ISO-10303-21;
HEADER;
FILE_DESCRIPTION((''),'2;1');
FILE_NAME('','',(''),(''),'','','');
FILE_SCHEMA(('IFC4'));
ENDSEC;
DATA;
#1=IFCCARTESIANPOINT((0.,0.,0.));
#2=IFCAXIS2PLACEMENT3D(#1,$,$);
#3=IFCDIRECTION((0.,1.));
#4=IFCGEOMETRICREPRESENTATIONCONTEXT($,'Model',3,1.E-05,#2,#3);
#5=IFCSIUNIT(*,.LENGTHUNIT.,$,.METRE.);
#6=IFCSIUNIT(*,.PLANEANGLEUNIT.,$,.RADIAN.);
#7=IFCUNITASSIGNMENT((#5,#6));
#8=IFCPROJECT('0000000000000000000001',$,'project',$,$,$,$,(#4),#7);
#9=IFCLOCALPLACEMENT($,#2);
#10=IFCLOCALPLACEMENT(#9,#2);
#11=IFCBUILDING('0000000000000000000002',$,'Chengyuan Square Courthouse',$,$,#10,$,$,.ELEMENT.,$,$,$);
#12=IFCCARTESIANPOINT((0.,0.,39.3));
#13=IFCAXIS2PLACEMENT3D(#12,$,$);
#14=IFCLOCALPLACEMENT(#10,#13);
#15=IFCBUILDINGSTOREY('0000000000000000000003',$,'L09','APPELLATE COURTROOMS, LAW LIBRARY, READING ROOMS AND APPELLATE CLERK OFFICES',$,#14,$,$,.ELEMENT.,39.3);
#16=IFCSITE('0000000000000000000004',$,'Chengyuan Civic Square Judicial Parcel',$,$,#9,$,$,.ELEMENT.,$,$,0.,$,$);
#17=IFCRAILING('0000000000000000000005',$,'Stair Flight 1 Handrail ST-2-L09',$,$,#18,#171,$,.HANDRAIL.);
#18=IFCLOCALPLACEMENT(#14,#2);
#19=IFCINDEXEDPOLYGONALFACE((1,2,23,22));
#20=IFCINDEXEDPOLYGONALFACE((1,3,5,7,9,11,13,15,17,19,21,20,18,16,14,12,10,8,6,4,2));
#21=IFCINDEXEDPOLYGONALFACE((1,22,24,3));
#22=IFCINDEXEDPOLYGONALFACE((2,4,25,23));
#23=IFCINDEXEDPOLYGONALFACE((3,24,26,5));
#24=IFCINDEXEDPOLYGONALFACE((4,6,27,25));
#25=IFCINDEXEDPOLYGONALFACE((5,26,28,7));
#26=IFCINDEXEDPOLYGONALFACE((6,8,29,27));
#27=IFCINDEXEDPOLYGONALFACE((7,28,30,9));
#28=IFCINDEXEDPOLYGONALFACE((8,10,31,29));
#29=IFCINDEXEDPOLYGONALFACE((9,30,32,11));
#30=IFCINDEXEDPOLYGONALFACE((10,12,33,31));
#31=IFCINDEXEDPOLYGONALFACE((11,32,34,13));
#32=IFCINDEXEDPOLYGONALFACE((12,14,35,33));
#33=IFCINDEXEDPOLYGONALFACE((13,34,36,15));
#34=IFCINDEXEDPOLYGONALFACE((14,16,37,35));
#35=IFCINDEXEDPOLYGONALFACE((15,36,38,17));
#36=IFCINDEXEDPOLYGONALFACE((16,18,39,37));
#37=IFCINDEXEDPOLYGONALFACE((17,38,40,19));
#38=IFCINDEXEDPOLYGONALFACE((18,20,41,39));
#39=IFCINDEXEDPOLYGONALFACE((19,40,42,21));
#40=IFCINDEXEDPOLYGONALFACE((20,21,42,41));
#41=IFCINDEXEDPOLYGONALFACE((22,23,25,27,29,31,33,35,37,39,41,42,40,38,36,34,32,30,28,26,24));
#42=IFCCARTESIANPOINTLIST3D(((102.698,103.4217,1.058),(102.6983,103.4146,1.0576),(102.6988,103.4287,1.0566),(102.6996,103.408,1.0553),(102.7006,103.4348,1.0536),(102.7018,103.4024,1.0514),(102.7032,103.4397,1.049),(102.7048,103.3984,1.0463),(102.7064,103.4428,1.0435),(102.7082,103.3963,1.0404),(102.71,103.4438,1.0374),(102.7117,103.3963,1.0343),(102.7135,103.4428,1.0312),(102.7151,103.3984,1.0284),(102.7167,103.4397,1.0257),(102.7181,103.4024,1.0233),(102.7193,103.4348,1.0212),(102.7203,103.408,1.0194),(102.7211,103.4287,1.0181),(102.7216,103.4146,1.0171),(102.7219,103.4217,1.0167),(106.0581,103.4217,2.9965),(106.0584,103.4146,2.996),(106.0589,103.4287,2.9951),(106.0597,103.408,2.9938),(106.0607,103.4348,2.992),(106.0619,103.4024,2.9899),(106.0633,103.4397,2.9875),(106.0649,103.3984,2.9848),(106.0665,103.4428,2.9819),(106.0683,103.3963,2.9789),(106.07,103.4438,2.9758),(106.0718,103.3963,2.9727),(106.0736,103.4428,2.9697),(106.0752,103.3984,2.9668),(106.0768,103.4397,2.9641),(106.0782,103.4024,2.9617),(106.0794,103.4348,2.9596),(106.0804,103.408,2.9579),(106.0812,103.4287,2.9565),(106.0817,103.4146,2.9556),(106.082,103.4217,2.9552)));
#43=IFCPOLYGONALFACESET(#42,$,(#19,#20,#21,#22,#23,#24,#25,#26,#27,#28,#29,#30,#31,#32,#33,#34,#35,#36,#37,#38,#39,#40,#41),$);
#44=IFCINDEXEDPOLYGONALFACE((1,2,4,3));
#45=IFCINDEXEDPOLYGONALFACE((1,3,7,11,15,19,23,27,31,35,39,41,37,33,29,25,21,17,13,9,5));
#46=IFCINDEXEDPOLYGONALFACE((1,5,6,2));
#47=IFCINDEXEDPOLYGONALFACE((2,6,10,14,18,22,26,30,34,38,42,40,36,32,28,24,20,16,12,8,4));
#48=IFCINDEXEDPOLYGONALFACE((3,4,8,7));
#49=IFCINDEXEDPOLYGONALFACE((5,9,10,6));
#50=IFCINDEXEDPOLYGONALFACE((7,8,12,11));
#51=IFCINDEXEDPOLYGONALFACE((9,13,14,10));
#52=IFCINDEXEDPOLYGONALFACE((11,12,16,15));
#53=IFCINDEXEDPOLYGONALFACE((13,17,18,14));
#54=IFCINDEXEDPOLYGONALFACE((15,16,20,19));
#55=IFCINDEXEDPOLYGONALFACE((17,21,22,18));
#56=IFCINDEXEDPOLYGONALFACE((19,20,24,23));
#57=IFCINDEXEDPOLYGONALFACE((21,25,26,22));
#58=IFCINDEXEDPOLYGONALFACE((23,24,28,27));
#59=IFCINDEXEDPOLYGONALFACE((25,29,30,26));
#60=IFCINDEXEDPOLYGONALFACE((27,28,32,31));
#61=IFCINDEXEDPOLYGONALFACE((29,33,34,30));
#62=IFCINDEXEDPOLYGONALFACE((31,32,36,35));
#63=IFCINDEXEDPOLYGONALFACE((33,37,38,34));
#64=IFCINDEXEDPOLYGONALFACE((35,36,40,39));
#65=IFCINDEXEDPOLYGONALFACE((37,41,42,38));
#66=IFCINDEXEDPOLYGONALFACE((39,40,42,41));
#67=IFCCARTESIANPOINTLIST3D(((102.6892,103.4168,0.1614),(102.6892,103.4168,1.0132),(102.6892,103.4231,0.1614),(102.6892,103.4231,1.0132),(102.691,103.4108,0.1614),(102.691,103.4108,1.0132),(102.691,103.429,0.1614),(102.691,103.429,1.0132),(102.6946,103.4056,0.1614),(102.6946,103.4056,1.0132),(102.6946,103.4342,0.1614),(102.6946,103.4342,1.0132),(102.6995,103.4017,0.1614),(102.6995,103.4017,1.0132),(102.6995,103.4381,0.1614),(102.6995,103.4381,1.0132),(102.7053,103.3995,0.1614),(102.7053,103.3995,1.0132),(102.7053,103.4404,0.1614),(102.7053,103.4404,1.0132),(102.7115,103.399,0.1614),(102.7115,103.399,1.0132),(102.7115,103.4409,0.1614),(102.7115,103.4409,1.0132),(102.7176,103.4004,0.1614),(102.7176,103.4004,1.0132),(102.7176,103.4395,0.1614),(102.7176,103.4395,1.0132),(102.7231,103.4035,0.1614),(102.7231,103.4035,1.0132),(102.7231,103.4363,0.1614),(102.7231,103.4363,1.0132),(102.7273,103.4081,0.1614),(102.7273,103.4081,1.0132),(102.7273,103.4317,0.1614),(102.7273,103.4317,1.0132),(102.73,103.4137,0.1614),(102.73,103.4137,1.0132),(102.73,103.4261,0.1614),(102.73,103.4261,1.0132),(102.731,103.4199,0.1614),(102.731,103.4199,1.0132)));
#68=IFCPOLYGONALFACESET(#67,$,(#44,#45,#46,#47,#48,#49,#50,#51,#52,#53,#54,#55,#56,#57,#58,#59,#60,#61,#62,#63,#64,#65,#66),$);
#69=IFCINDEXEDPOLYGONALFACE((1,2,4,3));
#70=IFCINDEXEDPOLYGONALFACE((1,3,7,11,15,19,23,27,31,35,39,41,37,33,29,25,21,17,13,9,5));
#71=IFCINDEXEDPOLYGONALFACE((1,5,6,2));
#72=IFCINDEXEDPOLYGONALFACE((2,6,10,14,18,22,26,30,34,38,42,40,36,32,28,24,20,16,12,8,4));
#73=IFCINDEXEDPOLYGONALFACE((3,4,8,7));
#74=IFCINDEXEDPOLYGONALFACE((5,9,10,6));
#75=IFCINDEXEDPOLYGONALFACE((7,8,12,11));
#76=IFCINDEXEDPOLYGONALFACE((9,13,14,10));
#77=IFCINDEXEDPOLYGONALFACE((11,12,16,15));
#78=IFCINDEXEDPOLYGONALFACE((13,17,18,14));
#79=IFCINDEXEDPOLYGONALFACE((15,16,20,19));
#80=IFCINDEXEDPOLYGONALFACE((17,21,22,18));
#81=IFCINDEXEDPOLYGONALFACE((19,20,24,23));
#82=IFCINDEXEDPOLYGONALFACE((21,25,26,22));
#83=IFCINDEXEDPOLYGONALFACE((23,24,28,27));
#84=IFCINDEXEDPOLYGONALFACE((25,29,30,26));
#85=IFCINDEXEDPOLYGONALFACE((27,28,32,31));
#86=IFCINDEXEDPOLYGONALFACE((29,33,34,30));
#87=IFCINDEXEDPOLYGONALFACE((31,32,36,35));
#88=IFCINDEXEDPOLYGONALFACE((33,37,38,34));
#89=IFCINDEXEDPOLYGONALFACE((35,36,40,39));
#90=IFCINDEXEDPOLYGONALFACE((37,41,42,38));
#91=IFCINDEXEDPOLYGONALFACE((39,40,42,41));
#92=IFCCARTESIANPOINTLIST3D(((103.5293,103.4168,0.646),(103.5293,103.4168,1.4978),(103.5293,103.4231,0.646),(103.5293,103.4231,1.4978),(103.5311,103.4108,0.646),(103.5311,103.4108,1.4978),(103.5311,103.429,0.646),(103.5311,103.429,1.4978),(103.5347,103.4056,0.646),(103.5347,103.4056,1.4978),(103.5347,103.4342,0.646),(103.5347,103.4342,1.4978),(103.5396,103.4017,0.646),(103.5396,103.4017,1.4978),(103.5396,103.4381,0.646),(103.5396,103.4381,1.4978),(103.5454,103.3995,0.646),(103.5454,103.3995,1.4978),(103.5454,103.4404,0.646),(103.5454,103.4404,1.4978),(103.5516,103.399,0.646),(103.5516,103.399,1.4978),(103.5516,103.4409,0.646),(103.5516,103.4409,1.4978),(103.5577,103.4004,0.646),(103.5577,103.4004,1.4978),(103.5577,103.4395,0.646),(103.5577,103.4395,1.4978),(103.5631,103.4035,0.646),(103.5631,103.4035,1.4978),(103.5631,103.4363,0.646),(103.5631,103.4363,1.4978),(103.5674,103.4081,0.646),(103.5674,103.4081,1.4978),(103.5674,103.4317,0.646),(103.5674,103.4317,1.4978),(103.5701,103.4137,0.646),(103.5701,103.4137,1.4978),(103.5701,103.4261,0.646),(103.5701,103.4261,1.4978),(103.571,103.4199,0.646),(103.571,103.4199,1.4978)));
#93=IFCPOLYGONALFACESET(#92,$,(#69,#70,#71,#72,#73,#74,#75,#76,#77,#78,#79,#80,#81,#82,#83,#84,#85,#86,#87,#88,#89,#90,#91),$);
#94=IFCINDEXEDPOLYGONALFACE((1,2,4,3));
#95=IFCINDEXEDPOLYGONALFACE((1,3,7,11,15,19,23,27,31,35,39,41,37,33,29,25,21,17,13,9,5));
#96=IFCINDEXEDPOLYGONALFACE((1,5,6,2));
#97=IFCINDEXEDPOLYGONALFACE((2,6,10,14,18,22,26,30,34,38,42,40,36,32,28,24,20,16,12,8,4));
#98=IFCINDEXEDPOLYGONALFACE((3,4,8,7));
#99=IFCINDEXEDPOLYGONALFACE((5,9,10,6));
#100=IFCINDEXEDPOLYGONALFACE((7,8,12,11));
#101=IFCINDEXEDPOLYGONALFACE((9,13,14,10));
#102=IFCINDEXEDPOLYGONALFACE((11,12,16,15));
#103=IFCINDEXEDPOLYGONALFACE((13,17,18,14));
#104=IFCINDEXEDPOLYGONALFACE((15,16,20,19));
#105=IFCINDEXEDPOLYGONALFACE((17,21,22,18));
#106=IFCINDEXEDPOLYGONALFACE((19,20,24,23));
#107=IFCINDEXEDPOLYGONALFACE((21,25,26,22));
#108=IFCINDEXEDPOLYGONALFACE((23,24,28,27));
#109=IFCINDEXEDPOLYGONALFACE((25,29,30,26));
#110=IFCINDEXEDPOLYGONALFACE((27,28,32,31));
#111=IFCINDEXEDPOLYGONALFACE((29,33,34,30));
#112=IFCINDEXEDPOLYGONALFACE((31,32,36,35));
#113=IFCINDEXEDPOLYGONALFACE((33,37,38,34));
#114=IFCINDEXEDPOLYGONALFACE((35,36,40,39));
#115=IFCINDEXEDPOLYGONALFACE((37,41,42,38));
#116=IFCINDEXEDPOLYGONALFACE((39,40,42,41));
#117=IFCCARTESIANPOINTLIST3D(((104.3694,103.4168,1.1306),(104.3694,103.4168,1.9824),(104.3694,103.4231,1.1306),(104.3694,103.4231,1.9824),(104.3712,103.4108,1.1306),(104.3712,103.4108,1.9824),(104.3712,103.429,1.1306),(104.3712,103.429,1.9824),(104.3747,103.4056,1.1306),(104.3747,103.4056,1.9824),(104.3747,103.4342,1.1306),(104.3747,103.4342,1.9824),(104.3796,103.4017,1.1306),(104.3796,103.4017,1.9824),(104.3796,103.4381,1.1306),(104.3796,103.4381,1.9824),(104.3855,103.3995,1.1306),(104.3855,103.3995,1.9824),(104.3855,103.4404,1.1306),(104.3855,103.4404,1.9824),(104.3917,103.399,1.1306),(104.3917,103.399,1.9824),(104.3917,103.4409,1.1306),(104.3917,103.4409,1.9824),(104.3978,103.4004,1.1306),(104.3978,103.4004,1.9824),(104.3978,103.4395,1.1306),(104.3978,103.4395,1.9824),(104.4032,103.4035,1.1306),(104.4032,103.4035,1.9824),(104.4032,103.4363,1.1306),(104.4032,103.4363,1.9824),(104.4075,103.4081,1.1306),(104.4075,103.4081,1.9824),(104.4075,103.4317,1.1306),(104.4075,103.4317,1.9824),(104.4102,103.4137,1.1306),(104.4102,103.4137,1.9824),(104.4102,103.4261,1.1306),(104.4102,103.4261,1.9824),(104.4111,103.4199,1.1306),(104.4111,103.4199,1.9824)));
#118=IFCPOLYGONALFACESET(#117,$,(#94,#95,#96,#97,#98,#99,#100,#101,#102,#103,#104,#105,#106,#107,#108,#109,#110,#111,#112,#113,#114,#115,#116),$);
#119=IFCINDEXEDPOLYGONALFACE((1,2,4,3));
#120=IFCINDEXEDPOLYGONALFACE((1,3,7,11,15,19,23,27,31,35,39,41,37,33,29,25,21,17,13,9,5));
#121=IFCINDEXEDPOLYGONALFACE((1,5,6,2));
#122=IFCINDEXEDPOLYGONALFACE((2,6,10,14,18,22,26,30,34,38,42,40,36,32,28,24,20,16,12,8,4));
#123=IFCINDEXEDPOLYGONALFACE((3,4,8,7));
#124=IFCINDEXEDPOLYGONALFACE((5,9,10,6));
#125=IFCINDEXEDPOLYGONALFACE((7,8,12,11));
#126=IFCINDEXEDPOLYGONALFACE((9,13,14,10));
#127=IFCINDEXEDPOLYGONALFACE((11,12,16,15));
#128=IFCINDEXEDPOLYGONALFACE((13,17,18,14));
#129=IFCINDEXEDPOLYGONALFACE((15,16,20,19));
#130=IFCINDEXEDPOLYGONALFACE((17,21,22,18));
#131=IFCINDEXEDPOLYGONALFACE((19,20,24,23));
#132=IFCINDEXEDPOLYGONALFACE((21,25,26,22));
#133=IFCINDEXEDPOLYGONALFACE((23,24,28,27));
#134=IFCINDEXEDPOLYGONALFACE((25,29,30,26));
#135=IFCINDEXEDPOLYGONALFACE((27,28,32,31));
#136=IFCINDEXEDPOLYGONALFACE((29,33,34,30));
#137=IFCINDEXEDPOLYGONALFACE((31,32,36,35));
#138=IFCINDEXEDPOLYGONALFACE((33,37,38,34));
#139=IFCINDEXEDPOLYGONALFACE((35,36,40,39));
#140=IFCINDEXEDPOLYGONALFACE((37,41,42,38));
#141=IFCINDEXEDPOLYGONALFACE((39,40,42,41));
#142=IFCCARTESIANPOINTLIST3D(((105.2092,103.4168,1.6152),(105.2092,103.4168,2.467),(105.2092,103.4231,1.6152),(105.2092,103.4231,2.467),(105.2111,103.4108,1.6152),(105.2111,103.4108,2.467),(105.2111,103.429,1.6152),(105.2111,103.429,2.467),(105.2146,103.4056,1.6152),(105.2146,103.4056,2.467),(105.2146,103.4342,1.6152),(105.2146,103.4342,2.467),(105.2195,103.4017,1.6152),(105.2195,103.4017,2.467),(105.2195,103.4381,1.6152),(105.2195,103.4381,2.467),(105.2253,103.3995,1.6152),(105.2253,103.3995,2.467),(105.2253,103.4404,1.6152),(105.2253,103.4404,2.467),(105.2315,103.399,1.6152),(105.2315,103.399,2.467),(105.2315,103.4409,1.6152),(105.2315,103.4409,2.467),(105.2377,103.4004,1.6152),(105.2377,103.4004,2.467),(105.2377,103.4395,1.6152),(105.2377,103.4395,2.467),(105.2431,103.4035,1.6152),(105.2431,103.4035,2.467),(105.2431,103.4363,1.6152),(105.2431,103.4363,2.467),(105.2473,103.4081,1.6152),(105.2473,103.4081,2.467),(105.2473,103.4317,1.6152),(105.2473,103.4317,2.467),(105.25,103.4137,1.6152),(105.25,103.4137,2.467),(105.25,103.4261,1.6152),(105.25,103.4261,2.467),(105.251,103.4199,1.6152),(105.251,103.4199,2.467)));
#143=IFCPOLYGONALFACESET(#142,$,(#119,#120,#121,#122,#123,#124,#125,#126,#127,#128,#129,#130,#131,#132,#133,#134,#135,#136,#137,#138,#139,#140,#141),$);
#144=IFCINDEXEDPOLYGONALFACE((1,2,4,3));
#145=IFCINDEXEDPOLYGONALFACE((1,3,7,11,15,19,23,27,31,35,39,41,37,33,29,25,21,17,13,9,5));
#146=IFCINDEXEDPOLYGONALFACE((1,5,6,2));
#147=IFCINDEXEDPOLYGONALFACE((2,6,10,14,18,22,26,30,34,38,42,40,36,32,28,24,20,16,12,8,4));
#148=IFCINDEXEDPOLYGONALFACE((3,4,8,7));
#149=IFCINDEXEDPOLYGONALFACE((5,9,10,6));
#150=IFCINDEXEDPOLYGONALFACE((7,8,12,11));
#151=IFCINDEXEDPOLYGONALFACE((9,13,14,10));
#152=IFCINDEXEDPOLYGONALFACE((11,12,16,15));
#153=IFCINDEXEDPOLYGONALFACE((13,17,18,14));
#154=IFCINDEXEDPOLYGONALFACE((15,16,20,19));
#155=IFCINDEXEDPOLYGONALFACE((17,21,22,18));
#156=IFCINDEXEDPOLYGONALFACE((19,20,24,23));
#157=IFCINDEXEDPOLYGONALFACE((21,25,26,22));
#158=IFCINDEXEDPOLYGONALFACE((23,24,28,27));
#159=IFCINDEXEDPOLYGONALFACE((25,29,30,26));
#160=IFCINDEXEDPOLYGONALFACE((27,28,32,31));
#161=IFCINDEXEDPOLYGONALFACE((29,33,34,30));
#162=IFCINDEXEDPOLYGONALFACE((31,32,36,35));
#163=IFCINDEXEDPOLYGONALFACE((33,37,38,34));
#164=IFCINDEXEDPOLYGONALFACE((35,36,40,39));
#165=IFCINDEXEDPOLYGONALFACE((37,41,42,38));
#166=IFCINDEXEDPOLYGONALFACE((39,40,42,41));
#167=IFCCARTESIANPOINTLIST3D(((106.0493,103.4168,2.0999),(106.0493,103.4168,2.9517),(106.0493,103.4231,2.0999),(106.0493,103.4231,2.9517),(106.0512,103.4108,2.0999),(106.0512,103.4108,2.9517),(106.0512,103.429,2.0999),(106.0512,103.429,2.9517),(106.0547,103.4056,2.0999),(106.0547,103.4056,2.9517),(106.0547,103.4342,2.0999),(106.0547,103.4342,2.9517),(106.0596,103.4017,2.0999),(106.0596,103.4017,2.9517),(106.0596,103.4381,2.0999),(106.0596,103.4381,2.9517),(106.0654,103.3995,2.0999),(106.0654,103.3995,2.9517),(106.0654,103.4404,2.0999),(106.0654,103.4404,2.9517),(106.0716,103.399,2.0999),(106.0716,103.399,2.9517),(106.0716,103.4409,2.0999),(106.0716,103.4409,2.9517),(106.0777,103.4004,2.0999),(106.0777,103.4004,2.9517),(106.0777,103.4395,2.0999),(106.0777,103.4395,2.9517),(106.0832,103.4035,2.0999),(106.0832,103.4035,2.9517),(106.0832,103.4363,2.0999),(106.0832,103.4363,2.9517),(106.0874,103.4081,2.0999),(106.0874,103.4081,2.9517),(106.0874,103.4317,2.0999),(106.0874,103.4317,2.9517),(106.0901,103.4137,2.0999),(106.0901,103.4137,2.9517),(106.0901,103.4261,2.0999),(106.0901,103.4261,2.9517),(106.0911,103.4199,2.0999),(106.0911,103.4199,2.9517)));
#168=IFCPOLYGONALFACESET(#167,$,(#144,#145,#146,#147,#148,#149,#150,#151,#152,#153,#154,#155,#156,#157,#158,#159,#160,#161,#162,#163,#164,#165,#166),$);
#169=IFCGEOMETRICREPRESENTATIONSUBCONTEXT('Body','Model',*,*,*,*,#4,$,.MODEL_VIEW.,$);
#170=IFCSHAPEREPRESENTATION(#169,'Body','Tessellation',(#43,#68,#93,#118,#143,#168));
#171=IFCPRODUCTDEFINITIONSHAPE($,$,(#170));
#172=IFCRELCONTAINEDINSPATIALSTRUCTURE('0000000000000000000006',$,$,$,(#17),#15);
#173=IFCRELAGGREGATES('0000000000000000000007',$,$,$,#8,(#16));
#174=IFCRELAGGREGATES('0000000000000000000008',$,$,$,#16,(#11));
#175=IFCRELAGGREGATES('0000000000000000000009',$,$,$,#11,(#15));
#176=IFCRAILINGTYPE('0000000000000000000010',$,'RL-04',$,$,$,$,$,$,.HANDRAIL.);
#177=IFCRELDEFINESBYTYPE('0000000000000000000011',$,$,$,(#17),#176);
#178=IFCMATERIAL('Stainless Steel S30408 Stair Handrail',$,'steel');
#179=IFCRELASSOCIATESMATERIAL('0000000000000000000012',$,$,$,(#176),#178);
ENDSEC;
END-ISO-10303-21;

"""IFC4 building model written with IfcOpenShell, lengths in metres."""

from ifc_helpers import new_model, si_unit, direction, frame, origin, origin_2d, place, context, subcontext, project, spatial, circle, extrude, material, type_object, element, save


model = new_model("IFC4")

# Units and contexts
model_context = context("Model", 3, precision=1e-05, world=origin(), true_north=direction((0.0, 1.0)))
body_context = subcontext(model_context, "Body", "Model", "MODEL_VIEW")
ifc_project = project(units=[si_unit("LENGTHUNIT", "METRE"), si_unit("PLANEANGLEUNIT", "RADIAN")], contexts=[model_context])

# Site, building, storey
site_placement = place(None, origin())
site = spatial("IfcSite", under=ifc_project, at=site_placement, Name="Chengyuan Civic Square Judicial Parcel", CompositionType="ELEMENT", RefElevation=0.0)
building_placement = place(site_placement, origin())
building = spatial("IfcBuilding", under=site, at=building_placement, Name="Chengyuan Square Courthouse", CompositionType="ELEMENT")
storey_placement = place(building_placement, frame((0.0, 0.0, 39.3)))
storey = spatial("IfcBuildingStorey", under=building, at=storey_placement, Name="L09", Description="APPELLATE COURTROOMS, LAW LIBRARY, READING ROOMS AND APPELLATE CLERK OFFICES", CompositionType="ELEMENT", Elevation=39.3)

# Railing
ifc_material_1 = material(Name="Stainless Steel S30408 Stair Handrail", Category="steel")
railing_type_1 = type_object("IfcRailingType", Name="RL-04", PredefinedType="HANDRAIL", material=ifc_material_1)
railing_1_placement = place(storey_placement, frame((102.71, 103.4199, 0.1614)))
element("IfcRailing", 1, at=railing_1_placement, inside=storey, type_object=railing_type_1, Name="Stair Flight 1 Handrail ST-2-L09", PredefinedType="HANDRAIL", context=body_context, shape_type="SweptSolid", body=[
    extrude(circle(Radius=0.0239, at=origin_2d()), frame((0.0, 0.0, 0.876), z_axis=(0.866191, 0.0, 0.499713), x_axis=(0.0, 1.0, 0.0)), (0.0, 0.0, 1.0), 3.8792),
    extrude(circle(Radius=0.021, at=origin_2d()), origin(), (0.0, 0.0, 1.0), 0.8518),
    extrude(circle(Radius=0.021, at=origin_2d()), frame((0.8401, 0.0, 0.4846)), (0.0, 0.0, 1.0), 0.8518),
    extrude(circle(Radius=0.021, at=origin_2d()), frame((1.6802, 0.0, 0.9692)), (0.0, 0.0, 1.0), 0.8518),
    extrude(circle(Radius=0.021, at=origin_2d()), frame((2.52, 0.0, 1.4539)), (0.0, 0.0, 1.0), 0.8518),
    extrude(circle(Radius=0.021, at=origin_2d()), frame((3.3601, 0.0, 1.9385)), (0.0, 0.0, 1.0), 0.8518),
])

save(model, "model.ifc")
